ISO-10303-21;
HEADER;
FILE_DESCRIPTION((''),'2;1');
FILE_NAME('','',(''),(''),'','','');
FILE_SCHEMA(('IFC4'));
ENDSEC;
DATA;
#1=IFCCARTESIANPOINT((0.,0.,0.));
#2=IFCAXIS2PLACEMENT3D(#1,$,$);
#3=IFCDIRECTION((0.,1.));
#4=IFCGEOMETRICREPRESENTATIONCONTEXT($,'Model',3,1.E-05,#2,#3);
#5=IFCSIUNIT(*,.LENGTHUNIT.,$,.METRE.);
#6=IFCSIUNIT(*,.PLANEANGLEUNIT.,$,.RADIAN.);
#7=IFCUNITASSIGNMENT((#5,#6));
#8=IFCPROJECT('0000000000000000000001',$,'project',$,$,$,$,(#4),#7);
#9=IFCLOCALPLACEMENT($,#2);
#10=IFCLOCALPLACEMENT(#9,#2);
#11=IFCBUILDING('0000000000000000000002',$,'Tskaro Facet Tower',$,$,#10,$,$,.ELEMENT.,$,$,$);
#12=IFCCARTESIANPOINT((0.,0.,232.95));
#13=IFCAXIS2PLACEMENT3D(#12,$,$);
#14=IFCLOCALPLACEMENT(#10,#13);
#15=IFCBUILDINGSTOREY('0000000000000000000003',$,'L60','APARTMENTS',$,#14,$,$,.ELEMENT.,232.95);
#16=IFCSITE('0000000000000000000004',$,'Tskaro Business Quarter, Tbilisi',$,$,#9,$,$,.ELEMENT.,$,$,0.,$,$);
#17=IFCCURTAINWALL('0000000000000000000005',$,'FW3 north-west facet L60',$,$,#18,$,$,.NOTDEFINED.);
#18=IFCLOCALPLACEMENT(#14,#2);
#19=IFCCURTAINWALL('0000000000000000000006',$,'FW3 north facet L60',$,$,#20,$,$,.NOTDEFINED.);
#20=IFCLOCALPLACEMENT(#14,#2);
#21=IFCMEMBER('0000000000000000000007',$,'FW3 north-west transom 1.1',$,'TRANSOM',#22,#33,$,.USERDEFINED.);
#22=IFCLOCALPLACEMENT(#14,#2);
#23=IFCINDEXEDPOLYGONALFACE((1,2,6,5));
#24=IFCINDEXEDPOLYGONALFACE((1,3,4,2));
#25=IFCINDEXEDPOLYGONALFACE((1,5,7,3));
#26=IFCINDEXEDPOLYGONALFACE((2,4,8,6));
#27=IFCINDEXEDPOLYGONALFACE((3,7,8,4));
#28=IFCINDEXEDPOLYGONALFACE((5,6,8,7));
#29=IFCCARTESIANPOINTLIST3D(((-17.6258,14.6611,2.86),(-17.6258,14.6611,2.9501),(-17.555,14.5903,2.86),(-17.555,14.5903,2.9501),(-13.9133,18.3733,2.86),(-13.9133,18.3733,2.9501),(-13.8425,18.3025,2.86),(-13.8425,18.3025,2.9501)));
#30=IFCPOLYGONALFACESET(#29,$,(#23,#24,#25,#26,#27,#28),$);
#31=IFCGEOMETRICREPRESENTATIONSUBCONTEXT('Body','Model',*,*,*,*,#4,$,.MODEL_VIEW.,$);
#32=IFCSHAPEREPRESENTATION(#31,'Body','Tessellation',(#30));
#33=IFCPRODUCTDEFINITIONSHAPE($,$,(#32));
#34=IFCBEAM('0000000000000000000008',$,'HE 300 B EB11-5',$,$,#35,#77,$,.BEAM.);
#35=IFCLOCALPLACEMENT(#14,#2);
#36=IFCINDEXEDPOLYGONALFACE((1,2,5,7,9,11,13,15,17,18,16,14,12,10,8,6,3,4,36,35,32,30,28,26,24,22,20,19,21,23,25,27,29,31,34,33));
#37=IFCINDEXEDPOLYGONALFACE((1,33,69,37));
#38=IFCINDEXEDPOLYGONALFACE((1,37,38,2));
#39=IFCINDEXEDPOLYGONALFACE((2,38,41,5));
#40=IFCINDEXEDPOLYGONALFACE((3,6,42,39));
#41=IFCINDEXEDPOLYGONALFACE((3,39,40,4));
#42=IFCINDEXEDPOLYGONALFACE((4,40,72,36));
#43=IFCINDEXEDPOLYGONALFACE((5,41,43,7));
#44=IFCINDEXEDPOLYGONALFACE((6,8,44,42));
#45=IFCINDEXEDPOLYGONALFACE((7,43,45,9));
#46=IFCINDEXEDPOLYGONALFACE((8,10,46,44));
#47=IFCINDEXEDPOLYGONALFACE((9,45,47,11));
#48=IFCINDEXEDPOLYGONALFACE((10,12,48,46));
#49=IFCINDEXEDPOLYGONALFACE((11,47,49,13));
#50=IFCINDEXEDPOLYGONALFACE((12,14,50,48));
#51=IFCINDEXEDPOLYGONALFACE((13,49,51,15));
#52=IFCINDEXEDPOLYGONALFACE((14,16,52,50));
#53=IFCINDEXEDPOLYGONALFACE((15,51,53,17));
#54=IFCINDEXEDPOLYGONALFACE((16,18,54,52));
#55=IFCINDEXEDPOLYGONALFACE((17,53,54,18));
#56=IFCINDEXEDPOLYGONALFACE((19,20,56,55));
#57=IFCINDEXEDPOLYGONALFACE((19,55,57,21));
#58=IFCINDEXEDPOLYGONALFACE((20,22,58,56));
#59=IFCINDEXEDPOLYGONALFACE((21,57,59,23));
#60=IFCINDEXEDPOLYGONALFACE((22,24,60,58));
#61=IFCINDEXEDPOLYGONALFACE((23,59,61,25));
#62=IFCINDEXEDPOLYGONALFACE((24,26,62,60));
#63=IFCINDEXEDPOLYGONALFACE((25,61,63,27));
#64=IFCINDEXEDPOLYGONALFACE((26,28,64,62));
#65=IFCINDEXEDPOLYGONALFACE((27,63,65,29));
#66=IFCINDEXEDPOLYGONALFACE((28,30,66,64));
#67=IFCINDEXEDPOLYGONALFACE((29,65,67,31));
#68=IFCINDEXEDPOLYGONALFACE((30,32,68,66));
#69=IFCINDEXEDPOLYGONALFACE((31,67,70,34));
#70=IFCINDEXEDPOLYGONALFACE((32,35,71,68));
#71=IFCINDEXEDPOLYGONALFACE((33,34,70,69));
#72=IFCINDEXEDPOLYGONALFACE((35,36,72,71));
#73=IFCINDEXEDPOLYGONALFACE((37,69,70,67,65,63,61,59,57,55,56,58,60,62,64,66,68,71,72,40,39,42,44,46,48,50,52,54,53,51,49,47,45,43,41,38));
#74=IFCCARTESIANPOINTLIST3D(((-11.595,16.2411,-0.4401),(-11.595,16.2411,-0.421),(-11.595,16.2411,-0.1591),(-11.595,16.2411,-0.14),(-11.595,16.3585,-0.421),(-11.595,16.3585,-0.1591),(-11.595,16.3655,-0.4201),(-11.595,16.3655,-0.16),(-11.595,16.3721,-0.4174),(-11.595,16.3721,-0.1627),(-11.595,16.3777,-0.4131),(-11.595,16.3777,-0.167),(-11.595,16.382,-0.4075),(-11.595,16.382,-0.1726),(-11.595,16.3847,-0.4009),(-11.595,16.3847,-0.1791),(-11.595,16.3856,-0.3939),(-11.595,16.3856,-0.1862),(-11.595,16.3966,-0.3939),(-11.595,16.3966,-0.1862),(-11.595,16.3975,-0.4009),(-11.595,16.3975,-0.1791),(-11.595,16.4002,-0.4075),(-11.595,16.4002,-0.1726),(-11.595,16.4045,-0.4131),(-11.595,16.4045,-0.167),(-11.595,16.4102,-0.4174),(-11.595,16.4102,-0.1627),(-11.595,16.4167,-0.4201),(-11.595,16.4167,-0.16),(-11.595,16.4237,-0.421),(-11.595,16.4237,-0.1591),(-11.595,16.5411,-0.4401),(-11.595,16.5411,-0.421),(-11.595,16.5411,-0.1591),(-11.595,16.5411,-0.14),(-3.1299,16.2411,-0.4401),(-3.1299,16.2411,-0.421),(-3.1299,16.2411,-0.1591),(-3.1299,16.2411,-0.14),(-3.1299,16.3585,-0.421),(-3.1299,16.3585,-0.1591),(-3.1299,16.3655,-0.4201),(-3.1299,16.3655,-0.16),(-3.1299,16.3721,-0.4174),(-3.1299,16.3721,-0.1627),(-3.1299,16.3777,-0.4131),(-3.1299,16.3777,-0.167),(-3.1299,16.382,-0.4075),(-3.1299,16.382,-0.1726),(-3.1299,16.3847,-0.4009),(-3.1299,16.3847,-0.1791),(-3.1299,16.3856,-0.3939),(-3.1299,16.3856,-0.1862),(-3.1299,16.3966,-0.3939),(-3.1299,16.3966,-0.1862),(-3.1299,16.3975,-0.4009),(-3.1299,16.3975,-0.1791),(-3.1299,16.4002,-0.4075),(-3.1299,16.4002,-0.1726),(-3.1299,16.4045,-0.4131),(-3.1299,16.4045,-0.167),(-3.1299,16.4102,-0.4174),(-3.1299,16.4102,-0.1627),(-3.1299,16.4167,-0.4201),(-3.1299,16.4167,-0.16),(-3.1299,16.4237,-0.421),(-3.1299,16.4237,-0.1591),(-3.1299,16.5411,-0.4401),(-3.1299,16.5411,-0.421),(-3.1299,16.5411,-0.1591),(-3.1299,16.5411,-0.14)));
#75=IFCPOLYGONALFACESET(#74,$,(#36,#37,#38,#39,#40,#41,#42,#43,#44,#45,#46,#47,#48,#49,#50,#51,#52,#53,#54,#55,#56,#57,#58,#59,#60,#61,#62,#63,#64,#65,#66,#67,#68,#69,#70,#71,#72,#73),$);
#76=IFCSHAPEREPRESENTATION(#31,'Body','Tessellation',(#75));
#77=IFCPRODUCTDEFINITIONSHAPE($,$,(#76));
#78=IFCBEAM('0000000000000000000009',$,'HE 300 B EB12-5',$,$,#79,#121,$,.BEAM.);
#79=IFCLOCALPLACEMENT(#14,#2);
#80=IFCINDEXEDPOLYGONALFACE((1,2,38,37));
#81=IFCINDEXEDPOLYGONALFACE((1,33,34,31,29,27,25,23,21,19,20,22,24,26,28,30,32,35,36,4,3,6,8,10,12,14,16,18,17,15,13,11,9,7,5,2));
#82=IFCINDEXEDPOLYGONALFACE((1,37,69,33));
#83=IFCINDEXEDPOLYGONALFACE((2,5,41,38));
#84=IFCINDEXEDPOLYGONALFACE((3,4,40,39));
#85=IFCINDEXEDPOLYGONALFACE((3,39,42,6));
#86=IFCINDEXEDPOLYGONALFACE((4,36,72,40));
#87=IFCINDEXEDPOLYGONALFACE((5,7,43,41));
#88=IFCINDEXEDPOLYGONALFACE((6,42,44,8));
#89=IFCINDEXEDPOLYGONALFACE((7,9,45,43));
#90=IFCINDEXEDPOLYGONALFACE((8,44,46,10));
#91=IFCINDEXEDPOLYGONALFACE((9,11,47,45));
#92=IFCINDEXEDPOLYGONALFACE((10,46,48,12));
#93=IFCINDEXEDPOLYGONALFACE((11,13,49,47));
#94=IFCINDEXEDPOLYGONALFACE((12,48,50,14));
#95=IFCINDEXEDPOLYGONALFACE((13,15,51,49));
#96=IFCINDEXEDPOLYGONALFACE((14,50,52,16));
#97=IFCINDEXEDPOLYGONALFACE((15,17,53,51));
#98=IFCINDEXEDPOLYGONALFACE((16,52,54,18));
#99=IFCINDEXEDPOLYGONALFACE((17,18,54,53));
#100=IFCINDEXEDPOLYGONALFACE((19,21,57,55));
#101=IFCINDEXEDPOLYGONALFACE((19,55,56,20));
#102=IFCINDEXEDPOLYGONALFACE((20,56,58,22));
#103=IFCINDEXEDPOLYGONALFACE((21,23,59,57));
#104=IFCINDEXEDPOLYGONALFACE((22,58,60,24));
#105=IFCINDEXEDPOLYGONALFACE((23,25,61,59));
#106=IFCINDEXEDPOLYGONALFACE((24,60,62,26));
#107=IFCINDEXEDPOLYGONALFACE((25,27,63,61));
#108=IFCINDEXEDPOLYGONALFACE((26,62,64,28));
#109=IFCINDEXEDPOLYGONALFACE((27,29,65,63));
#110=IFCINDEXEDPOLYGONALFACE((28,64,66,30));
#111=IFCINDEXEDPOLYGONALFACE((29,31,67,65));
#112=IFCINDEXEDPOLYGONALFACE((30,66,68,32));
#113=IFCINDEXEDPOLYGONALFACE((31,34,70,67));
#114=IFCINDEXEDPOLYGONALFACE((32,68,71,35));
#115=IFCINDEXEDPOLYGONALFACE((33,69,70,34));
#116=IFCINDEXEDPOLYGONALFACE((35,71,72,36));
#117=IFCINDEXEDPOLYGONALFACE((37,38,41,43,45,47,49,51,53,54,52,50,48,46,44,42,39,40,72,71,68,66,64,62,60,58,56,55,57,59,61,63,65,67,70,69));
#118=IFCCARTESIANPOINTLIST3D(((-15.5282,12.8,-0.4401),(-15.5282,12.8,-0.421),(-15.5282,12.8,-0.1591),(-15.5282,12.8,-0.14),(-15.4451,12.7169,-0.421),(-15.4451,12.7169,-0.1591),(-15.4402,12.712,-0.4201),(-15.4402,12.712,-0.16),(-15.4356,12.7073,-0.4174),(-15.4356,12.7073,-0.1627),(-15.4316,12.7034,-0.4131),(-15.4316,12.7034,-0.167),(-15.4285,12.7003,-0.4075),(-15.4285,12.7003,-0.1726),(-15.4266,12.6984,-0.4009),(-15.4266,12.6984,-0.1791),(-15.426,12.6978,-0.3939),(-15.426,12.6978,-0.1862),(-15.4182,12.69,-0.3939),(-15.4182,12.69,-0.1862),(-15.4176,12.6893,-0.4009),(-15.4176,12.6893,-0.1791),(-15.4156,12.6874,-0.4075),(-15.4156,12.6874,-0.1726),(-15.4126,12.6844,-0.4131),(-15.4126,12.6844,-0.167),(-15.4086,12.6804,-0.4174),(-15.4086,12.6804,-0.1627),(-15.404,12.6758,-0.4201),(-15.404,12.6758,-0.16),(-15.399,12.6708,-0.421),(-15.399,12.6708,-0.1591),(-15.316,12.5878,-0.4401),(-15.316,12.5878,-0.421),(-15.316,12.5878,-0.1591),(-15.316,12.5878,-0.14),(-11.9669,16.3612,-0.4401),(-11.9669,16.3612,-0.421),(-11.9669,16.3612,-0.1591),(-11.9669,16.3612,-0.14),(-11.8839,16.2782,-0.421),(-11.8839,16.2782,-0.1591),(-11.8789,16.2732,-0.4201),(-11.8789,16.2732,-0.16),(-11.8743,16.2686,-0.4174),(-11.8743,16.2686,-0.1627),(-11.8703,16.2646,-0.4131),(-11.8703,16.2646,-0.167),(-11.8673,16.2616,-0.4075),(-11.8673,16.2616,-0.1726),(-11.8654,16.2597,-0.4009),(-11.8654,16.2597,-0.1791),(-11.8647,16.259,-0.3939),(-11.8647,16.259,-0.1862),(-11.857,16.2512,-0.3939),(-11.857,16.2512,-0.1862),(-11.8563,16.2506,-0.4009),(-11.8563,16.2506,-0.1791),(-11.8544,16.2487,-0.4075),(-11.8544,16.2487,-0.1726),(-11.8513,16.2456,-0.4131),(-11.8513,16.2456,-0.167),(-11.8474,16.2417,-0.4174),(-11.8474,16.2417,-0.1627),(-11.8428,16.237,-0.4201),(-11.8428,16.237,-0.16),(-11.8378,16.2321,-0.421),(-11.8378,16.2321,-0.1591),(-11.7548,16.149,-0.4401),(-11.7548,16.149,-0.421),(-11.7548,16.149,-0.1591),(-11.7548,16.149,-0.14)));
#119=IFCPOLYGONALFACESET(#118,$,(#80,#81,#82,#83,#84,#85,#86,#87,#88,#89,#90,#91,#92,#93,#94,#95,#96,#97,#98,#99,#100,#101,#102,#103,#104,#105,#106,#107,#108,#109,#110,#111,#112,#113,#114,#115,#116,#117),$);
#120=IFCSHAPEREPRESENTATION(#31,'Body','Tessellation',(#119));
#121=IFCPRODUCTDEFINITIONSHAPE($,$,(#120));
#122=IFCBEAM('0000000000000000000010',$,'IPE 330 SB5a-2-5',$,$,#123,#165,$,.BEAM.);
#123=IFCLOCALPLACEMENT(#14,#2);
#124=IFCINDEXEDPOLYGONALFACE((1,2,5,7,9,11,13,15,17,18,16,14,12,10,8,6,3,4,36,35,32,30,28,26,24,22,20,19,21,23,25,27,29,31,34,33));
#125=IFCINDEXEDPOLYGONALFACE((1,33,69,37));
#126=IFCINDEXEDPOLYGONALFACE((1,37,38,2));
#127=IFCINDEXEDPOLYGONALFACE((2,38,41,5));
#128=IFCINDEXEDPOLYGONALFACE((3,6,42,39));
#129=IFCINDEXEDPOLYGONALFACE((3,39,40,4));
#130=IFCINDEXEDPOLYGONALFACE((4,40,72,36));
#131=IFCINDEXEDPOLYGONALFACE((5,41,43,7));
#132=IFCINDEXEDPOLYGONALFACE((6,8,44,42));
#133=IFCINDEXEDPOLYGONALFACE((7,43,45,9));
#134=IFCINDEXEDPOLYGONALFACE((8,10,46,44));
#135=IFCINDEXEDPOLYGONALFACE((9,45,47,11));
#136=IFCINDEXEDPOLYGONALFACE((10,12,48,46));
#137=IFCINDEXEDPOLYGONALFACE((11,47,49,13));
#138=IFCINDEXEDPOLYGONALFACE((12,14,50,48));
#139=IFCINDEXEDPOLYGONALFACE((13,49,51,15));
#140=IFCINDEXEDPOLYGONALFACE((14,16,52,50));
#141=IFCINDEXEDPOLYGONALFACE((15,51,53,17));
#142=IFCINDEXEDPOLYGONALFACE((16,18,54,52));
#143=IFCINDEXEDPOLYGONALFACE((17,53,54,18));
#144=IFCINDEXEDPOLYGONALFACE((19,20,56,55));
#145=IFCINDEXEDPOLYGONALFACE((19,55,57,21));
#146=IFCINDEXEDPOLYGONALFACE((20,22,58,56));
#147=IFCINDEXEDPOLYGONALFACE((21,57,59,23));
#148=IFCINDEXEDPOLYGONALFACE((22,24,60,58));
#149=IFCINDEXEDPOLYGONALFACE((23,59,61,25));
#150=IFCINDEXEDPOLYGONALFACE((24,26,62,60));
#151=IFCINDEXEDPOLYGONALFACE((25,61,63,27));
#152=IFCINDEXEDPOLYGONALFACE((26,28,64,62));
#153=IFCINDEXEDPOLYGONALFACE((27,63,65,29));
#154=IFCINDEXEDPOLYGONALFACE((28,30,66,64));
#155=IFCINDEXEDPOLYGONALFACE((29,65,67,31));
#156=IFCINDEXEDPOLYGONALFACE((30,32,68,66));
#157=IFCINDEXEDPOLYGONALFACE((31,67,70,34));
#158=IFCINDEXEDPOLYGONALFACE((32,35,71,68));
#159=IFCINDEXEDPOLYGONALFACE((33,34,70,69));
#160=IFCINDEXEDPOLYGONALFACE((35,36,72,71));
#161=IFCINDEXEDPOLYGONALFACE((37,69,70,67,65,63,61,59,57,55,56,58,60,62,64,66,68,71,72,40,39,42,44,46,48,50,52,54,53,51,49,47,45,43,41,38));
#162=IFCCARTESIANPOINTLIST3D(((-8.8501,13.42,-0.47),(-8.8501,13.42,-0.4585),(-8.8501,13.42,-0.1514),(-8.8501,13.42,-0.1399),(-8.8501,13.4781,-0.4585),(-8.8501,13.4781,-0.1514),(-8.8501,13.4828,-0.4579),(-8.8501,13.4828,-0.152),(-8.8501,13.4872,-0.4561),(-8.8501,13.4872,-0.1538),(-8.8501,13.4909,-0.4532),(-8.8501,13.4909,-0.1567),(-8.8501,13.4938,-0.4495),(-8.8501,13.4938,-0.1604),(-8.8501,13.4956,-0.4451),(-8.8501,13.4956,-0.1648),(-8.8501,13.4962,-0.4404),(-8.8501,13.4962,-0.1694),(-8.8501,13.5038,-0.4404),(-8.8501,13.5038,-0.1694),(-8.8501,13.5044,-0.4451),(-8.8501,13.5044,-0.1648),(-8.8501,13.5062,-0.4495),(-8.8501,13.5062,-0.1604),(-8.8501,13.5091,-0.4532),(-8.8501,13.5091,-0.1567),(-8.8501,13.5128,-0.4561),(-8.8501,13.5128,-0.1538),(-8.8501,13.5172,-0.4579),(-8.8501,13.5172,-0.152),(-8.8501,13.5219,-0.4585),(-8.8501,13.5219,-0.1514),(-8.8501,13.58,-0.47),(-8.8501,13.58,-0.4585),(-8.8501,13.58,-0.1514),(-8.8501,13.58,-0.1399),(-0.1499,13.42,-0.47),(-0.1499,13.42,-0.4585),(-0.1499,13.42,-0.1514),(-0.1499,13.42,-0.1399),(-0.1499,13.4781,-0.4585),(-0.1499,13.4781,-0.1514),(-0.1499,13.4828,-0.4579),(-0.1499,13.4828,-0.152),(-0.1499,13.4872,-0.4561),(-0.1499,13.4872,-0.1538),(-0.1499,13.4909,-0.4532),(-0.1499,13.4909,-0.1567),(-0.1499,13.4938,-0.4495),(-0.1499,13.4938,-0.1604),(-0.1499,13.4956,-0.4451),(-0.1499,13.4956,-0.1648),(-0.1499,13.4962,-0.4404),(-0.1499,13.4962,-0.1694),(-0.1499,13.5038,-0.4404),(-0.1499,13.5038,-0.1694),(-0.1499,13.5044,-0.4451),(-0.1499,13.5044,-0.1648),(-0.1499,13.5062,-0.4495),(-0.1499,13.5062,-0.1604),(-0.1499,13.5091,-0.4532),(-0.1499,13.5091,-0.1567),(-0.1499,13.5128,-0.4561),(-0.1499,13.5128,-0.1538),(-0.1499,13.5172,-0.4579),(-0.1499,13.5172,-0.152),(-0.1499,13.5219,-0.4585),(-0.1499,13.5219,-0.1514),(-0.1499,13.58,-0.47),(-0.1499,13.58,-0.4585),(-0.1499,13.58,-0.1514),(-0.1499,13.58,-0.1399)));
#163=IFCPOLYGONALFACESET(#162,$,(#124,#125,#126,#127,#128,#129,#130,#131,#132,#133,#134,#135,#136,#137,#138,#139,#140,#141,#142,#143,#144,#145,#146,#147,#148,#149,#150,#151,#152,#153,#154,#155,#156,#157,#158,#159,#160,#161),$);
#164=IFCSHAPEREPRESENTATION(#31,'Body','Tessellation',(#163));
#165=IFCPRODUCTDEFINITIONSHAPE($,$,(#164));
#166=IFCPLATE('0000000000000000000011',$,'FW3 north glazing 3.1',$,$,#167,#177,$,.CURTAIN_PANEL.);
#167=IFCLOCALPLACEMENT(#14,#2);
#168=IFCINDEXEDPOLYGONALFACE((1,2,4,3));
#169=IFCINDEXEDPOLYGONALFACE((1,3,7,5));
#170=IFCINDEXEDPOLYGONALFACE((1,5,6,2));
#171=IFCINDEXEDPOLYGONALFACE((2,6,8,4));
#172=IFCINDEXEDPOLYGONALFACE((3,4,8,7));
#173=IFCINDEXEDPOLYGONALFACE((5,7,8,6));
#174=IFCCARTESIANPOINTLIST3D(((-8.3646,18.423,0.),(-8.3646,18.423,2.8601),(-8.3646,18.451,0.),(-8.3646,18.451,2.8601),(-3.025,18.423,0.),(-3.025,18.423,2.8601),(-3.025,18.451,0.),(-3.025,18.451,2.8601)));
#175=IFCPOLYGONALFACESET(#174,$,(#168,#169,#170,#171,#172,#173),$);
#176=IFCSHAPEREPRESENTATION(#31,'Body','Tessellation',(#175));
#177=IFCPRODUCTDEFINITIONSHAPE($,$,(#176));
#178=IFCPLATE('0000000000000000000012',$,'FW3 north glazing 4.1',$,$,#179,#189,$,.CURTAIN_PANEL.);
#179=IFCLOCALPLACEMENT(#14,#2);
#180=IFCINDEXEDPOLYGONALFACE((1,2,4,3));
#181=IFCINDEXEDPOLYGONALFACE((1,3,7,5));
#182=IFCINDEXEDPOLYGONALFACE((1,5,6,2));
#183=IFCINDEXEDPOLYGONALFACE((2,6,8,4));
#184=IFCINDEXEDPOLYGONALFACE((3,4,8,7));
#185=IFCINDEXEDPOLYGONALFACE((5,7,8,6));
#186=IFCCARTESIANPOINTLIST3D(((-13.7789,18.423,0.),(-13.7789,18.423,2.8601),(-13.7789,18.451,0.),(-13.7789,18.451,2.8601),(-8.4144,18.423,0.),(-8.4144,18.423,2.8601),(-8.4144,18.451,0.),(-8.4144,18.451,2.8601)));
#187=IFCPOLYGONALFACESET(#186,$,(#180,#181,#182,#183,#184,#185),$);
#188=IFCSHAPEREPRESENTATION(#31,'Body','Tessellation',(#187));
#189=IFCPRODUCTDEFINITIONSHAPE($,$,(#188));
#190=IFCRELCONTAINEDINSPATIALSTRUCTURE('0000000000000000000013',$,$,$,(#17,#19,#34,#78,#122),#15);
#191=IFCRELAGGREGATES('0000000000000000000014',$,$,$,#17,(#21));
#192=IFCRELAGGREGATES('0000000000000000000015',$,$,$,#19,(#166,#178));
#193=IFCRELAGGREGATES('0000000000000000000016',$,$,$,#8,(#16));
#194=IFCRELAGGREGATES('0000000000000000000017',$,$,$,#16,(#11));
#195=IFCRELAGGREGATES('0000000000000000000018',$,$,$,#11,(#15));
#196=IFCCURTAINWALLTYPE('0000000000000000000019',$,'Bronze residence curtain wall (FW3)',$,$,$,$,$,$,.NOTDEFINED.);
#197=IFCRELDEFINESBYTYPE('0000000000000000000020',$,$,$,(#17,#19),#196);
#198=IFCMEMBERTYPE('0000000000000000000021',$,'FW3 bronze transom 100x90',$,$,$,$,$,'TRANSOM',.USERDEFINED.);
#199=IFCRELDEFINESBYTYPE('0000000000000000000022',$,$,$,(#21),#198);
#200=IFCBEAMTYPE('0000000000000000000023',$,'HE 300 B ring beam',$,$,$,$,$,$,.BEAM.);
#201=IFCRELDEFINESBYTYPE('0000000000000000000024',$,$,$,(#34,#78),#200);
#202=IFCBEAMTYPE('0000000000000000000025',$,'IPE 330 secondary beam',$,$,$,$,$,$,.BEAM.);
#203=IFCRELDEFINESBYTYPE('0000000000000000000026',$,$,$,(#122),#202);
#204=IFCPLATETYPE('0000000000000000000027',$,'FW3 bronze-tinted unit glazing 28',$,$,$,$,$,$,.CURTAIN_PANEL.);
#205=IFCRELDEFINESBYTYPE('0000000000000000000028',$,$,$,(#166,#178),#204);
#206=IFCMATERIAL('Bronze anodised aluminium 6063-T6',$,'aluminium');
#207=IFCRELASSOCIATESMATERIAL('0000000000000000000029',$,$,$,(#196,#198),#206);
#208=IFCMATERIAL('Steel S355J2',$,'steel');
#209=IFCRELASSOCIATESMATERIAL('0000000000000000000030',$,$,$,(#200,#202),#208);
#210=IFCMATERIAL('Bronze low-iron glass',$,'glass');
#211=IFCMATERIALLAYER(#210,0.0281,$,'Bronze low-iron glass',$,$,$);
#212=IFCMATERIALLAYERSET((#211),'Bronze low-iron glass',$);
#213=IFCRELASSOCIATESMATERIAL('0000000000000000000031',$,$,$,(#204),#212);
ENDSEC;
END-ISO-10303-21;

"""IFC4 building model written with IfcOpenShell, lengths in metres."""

from ifc_helpers import new_model, si_unit, direction, frame, origin, origin_2d, place, context, subcontext, project, spatial, rectangle, i_section, extrude, material, layer, layer_set, material_profile, profile_set, type_object, element, aggregate, save


model = new_model("IFC4")

# Units and contexts
model_context = context("Model", 3, precision=1e-05, world=origin(), true_north=direction((0.0, 1.0)))
body_context = subcontext(model_context, "Body", "Model", "MODEL_VIEW")
ifc_project = project(units=[si_unit("LENGTHUNIT", "METRE"), si_unit("PLANEANGLEUNIT", "RADIAN")], contexts=[model_context])

# Site, building, storey
site_placement = place(None, origin())
site = spatial("IfcSite", under=ifc_project, at=site_placement, Name="Tskaro Business Quarter, Tbilisi", CompositionType="ELEMENT", RefElevation=0.0)
building_placement = place(site_placement, origin())
building = spatial("IfcBuilding", under=site, at=building_placement, Name="Tskaro Facet Tower", CompositionType="ELEMENT")
storey_placement = place(building_placement, frame((0.0, 0.0, 232.95)))
storey = spatial("IfcBuildingStorey", under=building, at=storey_placement, Name="L60", Description="APARTMENTS", CompositionType="ELEMENT", Elevation=232.95)

# Curtain wall
ifc_material_1 = material(Name="Bronze anodised aluminium 6063-T6", Category="aluminium")
curtain_wall_type = type_object("IfcCurtainWallType", Name="Bronze residence curtain wall (FW3)", PredefinedType="NOTDEFINED", material=ifc_material_1)
curtain_wall_1_placement = place(storey_placement, origin())
curtain_wall_1 = element("IfcCurtainWall", 1, at=curtain_wall_1_placement, inside=storey, type_object=curtain_wall_type, Name="FW3 north-west facet L60", PredefinedType="NOTDEFINED")

# Curtain wall
curtain_wall_2_placement = place(storey_placement, origin())
curtain_wall_2 = element("IfcCurtainWall", 2, at=curtain_wall_2_placement, inside=storey, type_object=curtain_wall_type, Name="FW3 north facet L60", PredefinedType="NOTDEFINED")
ifc_material_profile_1 = material_profile(ifc_material_1, rectangle(XDim=0.1001, YDim=0.0901, at=origin_2d()), Name="Transom 100x90")
ifc_profile_set_1 = profile_set([ifc_material_profile_1], Name="Bronze anodised aluminium 6063-T6")
member_type_1 = type_object("IfcMemberType", Name="FW3 bronze transom 100x90", ElementType="TRANSOM", PredefinedType="USERDEFINED", material=ifc_profile_set_1)

# Member
member_1_placement = place(storey_placement, frame((-13.8779, 18.3379, 2.905), z_axis=(-0.70713, -0.707084, 0.0), x_axis=(0.707084, -0.70713, 0.0)))
member_1 = element("IfcMember", 3, at=member_1_placement, type_object=member_type_1, Name="FW3 north-west transom 1.1", ObjectType="TRANSOM", PredefinedType="USERDEFINED", context=body_context, shape_type="SweptSolid", body=[
    extrude(rectangle(XDim=0.1001, YDim=0.0901, at=origin_2d()), origin(), (0.0, 0.0, 1.0), 5.25),
])
aggregate(curtain_wall_1, [member_1])

# Beams
ifc_material_2 = material(Name="Steel S355J2", Category="steel")
ifc_material_profile_2 = material_profile(ifc_material_2, i_section(OverallWidth=0.3, OverallDepth=0.3, WebThickness=0.011, FlangeThickness=0.019, FilletRadius=0.0271, at=origin_2d()), Name="HE 300 B")
ifc_profile_set_2 = profile_set([ifc_material_profile_2], Name="Steel S355J2")
beam_type_1 = type_object("IfcBeamType", Name="HE 300 B ring beam", PredefinedType="BEAM", material=ifc_profile_set_2)
beam_1_placement = place(storey_placement, frame((-3.1299, 16.3911, -0.29), z_axis=(-1.0, 0.0, 0.0), x_axis=(0.0, -1.0, 0.0)))
element("IfcBeam", 4, at=beam_1_placement, inside=storey, type_object=beam_type_1, Name="HE 300 B EB11-5", PredefinedType="BEAM", context=body_context, shape_type="SweptSolid", body=[
    extrude(i_section(OverallWidth=0.3, OverallDepth=0.3, WebThickness=0.011, FlangeThickness=0.019, FilletRadius=0.0271, at=origin_2d()), origin(), (0.0, 0.0, 1.0), 8.4651),
])
beam_2_placement = place(storey_placement, frame((-11.8608, 16.2551, -0.29), z_axis=(-0.707107, -0.707107, 0.0), x_axis=(0.707107, -0.707107, 0.0)))
element("IfcBeam", 5, at=beam_2_placement, inside=storey, type_object=beam_type_1, Name="HE 300 B EB12-5", PredefinedType="BEAM", context=body_context, shape_type="SweptSolid", body=[
    extrude(i_section(OverallWidth=0.3, OverallDepth=0.3, WebThickness=0.011, FlangeThickness=0.019, FilletRadius=0.0271, at=origin_2d()), origin(), (0.0, 0.0, 1.0), 5.0364),
])
ifc_material_profile_3 = material_profile(ifc_material_2, i_section(OverallWidth=0.1599, OverallDepth=0.3301, WebThickness=0.0076, FlangeThickness=0.0115, FilletRadius=0.0181, at=origin_2d()), Name="IPE 330")
ifc_profile_set_3 = profile_set([ifc_material_profile_3], Name="Steel S355J2")
beam_type_2 = type_object("IfcBeamType", Name="IPE 330 secondary beam", PredefinedType="BEAM", material=ifc_profile_set_3)
beam_3_placement = place(storey_placement, frame((-8.8501, 13.5, -0.3049), z_axis=(1.0, 0.0, 0.0), x_axis=(0.0, 1.0, 0.0)))
element("IfcBeam", 6, at=beam_3_placement, inside=storey, type_object=beam_type_2, Name="IPE 330 SB5a-2-5", PredefinedType="BEAM", context=body_context, shape_type="SweptSolid", body=[
    extrude(i_section(OverallWidth=0.1599, OverallDepth=0.3301, WebThickness=0.0076, FlangeThickness=0.0115, FilletRadius=0.0181, at=origin_2d()), origin(), (0.0, 0.0, 1.0), 8.7002),
])

# Plates
ifc_material_3 = material(Name="Bronze low-iron glass", Category="glass")
ifc_layer_1 = layer(ifc_material_3, 0.0281, Name="Bronze low-iron glass")
ifc_layer_set_1 = layer_set([ifc_layer_1], Name="Bronze low-iron glass")
plate_type = type_object("IfcPlateType", Name="FW3 bronze-tinted unit glazing 28", PredefinedType="CURTAIN_PANEL", material=ifc_layer_set_1)
plate_1_placement = place(storey_placement, frame((-5.6948, 18.437, 0.0), z_axis=(0.0, 0.0, 1.0), x_axis=(-1.0, 0.0, 0.0)))
plate_1 = element("IfcPlate", 7, at=plate_1_placement, type_object=plate_type, Name="FW3 north glazing 3.1", PredefinedType="CURTAIN_PANEL", context=body_context, shape_type="SweptSolid", body=[
    extrude(rectangle(XDim=5.3396, YDim=0.0281, at=origin_2d()), origin(), (0.0, 0.0, 1.0), 2.8601),
])
plate_2_placement = place(storey_placement, frame((-11.0967, 18.437, 0.0), z_axis=(0.0, 0.0, 1.0), x_axis=(-1.0, 0.0, 0.0)))
plate_2 = element("IfcPlate", 8, at=plate_2_placement, type_object=plate_type, Name="FW3 north glazing 4.1", PredefinedType="CURTAIN_PANEL", context=body_context, shape_type="SweptSolid", body=[
    extrude(rectangle(XDim=5.3645, YDim=0.0281, at=origin_2d()), origin(), (0.0, 0.0, 1.0), 2.8601),
])
aggregate(curtain_wall_2, [plate_1, plate_2])

save(model, "model.ifc")
